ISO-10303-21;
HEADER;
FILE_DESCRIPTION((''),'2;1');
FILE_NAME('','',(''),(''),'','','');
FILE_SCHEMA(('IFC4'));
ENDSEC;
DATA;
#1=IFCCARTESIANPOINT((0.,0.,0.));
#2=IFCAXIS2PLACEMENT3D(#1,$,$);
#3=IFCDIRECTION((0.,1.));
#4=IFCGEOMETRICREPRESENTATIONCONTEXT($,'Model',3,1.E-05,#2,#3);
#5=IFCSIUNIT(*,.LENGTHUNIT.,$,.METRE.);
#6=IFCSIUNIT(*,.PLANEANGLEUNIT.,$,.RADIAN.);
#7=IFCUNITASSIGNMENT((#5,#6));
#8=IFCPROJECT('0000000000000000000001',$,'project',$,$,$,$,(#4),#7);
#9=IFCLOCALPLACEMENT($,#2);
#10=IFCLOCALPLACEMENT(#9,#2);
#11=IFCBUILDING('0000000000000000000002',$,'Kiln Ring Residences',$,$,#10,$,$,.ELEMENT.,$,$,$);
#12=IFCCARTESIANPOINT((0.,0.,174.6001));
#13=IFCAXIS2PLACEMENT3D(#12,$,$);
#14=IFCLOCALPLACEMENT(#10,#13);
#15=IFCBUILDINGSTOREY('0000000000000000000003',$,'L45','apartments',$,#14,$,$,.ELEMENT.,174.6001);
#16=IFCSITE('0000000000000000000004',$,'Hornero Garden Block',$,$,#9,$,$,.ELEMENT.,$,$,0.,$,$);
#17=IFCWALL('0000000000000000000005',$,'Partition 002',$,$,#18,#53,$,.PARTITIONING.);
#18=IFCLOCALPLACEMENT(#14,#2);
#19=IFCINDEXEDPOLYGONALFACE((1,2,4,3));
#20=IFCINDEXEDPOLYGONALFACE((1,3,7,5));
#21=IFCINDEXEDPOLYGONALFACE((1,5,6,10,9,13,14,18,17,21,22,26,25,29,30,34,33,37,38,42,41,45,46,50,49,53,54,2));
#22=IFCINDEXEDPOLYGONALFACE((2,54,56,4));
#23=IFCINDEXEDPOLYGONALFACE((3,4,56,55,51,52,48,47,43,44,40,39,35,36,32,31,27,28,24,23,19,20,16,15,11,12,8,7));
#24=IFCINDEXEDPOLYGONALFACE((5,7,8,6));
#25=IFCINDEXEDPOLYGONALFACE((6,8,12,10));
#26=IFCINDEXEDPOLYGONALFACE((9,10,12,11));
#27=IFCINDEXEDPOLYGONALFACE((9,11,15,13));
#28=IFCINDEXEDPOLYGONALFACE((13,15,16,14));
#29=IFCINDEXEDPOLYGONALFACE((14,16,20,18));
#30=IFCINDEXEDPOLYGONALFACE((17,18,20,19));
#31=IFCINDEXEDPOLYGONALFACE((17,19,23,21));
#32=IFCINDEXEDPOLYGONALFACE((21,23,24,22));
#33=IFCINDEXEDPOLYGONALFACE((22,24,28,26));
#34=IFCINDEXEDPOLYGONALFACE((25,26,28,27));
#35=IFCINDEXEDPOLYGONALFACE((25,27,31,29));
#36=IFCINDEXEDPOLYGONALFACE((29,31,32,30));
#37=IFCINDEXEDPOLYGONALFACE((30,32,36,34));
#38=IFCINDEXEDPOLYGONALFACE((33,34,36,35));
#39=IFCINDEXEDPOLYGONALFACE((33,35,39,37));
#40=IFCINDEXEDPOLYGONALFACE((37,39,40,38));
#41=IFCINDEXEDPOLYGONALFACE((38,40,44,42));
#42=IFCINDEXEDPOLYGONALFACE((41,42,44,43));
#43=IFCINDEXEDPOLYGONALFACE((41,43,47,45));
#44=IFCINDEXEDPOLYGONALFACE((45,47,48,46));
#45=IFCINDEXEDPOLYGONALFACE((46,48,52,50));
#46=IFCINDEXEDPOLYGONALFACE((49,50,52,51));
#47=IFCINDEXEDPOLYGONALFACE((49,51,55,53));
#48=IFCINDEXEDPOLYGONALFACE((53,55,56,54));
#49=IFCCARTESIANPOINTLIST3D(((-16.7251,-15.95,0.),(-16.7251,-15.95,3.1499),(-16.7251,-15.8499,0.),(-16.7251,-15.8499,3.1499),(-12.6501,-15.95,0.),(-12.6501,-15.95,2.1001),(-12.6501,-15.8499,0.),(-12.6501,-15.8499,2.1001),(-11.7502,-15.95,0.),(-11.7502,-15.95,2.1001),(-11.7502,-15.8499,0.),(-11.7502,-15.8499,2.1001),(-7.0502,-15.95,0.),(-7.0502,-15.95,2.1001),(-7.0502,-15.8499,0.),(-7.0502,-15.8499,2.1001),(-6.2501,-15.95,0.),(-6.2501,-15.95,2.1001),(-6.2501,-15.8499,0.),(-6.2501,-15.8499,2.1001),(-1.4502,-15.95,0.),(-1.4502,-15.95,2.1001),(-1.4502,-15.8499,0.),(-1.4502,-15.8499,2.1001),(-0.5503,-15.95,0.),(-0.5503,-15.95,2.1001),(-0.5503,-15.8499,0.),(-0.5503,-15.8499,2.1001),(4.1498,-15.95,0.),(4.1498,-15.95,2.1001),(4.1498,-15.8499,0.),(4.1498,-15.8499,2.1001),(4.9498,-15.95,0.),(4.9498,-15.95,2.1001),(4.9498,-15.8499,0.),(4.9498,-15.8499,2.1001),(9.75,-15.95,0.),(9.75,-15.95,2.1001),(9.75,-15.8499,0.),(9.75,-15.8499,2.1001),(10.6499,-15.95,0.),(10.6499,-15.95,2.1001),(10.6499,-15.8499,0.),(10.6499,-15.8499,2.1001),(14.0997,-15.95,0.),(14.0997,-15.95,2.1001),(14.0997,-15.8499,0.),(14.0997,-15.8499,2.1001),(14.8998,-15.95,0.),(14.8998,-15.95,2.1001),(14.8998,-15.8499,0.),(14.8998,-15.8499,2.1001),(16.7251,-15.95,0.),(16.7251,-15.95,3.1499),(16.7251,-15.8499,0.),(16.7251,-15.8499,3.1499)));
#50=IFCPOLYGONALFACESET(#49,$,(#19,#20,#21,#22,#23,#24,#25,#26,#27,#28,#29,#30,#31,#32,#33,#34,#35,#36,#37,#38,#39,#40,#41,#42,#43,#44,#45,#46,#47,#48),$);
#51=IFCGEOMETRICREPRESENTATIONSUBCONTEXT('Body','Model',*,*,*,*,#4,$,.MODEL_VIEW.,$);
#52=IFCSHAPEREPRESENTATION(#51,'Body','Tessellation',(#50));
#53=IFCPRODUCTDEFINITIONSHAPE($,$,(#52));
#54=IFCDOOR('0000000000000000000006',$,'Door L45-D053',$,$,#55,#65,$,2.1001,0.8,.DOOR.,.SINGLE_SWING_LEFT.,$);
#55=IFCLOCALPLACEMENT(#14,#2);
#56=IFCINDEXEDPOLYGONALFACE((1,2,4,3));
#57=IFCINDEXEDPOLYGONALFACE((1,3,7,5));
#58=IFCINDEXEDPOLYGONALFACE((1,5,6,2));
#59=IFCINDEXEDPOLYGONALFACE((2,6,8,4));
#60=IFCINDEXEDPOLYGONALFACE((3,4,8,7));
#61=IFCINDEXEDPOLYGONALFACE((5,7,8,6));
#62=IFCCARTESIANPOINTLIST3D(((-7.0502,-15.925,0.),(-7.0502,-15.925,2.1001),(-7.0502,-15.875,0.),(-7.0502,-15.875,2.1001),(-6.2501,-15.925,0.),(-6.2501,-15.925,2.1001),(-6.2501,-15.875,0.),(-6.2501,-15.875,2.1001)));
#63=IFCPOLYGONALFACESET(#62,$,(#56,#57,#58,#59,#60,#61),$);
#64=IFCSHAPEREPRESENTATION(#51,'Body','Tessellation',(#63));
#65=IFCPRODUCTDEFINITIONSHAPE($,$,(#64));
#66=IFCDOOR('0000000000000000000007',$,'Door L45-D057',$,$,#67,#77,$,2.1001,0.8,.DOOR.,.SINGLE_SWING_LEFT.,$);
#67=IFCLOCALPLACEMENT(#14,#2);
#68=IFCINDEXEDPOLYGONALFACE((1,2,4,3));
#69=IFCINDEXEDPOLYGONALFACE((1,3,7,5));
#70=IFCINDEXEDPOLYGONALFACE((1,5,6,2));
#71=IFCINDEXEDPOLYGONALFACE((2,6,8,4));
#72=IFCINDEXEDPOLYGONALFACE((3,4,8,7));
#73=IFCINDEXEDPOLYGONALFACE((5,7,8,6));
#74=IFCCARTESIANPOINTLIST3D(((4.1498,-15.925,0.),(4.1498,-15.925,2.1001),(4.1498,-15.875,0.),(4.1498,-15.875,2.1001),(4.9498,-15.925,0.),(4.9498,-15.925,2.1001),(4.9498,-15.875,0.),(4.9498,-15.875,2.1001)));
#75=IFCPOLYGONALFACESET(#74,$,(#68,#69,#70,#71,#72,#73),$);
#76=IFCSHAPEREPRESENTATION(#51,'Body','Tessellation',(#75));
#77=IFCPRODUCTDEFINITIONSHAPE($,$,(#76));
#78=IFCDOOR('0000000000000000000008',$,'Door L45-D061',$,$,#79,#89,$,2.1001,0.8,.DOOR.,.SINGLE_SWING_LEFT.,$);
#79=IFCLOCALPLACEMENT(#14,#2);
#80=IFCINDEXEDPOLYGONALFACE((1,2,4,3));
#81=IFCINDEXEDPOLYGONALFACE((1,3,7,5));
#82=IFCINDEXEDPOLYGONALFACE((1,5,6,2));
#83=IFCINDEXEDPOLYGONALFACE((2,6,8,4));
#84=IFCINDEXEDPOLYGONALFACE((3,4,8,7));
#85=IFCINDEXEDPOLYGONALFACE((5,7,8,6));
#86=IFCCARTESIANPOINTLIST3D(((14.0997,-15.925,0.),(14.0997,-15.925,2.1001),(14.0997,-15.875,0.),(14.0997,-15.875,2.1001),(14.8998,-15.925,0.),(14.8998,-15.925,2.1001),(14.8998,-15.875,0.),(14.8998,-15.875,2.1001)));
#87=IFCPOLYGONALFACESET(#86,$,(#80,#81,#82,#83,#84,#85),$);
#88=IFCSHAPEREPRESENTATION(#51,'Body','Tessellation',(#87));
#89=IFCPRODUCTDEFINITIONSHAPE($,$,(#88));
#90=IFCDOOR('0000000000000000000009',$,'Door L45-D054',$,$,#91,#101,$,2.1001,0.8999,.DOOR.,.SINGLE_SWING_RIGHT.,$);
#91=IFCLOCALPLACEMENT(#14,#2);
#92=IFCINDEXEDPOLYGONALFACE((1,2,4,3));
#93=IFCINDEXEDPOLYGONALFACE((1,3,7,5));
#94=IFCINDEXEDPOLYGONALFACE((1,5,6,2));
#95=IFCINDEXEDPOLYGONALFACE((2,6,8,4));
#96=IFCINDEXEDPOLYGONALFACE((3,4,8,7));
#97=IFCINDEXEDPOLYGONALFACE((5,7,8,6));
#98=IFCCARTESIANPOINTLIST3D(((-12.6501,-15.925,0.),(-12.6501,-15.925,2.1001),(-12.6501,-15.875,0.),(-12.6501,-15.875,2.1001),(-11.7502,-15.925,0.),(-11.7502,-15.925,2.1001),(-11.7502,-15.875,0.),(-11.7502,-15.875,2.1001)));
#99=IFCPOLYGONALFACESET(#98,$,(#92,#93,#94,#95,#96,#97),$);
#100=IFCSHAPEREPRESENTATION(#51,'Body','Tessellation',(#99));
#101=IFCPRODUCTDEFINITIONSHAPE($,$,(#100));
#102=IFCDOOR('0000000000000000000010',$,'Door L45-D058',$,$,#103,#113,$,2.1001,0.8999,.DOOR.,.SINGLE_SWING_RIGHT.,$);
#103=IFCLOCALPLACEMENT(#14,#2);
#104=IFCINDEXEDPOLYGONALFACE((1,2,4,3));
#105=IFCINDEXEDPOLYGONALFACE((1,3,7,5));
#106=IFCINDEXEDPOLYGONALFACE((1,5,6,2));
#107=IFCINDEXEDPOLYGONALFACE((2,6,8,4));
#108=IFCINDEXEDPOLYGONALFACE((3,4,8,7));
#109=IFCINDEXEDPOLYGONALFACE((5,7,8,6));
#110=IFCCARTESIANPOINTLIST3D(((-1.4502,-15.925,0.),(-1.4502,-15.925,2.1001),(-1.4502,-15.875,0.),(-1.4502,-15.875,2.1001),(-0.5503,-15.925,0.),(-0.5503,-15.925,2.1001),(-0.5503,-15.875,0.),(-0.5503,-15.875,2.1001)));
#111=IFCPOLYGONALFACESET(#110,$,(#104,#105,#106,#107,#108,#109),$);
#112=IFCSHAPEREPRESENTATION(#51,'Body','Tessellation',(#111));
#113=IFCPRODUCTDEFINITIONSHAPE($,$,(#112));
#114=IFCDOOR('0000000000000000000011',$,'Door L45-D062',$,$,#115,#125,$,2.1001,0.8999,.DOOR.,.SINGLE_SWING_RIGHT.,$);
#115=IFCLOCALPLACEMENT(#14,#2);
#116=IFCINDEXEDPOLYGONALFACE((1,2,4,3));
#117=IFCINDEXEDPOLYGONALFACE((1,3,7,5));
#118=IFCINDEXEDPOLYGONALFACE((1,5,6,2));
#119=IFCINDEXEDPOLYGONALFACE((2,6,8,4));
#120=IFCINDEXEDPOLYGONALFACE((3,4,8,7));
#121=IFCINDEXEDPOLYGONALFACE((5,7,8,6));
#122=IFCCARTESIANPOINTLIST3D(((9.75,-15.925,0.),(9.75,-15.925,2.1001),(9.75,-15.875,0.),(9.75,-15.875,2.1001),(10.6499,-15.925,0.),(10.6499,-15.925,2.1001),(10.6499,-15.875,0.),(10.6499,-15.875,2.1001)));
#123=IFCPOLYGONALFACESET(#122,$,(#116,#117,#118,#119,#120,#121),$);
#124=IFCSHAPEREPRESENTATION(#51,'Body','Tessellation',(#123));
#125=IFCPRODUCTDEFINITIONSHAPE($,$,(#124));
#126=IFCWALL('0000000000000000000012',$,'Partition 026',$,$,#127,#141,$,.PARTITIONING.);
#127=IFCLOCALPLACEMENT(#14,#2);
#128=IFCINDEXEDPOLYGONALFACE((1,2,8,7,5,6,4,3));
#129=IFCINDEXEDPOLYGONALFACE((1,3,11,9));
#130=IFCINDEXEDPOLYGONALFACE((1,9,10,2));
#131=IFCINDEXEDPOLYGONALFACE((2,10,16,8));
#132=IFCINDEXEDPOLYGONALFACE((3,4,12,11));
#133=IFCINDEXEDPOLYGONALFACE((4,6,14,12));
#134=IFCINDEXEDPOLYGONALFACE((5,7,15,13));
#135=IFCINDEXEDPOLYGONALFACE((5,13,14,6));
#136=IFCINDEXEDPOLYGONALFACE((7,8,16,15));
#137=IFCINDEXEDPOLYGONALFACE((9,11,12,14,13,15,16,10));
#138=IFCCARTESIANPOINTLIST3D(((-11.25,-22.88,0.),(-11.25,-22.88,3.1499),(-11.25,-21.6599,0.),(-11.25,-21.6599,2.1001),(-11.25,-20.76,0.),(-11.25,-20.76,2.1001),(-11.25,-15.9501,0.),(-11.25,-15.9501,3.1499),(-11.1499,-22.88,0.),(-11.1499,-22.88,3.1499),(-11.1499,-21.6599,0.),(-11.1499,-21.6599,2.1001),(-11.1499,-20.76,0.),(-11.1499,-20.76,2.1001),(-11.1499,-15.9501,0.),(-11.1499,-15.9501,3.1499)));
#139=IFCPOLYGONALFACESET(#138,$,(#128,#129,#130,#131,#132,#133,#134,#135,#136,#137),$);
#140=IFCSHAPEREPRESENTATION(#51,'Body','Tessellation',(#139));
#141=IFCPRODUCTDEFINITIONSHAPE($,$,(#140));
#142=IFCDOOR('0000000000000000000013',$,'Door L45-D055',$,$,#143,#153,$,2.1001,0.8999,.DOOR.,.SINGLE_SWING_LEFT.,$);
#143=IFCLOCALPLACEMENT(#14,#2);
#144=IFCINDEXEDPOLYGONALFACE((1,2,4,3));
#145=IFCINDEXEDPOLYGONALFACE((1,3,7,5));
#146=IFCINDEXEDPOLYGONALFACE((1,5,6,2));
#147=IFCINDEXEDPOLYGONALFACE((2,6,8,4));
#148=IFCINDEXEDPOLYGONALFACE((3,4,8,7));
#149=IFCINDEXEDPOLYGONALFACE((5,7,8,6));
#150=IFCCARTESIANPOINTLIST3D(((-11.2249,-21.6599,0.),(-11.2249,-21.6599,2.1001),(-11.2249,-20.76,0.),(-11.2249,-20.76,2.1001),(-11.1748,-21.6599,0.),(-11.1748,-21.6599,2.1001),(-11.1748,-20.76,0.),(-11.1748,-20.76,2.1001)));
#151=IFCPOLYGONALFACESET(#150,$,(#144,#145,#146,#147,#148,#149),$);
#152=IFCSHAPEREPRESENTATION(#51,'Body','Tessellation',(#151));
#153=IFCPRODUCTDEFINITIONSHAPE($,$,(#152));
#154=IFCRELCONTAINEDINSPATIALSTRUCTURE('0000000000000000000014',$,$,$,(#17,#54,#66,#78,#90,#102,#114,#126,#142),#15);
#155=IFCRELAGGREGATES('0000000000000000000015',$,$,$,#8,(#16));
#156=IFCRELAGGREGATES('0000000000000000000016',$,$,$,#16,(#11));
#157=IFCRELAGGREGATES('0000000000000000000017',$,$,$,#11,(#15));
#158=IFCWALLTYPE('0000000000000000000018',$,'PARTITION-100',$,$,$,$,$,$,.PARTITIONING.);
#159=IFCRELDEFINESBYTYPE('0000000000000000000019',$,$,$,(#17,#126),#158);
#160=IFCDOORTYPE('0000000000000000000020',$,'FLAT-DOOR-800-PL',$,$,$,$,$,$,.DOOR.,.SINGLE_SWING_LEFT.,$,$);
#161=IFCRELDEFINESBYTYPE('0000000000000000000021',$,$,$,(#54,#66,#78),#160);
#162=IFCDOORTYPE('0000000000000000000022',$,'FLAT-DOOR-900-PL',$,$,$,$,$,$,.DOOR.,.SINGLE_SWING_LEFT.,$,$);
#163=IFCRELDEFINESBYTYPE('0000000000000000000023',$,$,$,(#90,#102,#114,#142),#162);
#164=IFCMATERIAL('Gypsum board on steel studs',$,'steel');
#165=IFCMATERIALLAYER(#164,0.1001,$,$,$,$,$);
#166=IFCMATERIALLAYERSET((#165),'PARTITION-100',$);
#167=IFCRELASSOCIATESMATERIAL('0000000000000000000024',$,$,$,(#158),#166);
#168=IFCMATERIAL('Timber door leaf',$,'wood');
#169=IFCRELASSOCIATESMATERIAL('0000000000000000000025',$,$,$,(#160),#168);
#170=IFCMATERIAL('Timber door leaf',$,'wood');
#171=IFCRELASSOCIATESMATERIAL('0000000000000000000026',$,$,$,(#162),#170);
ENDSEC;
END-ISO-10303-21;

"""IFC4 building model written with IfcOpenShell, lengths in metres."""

from ifc_helpers import new_model, si_unit, direction, frame, frame_2d, origin, place, context, subcontext, project, spatial, rectangle, extrude, material, layer, layer_set, type_object, element, fill, save


model = new_model("IFC4")

# Units and contexts
model_context = context("Model", 3, precision=1e-05, world=origin(), true_north=direction((0.0, 1.0)))
body_context = subcontext(model_context, "Body", "Model", "MODEL_VIEW")
ifc_project = project(units=[si_unit("LENGTHUNIT", "METRE"), si_unit("PLANEANGLEUNIT", "RADIAN")], contexts=[model_context])

# Site, building, storey
site_placement = place(None, origin())
site = spatial("IfcSite", under=ifc_project, at=site_placement, Name="Hornero Garden Block", CompositionType="ELEMENT", RefElevation=0.0)
building_placement = place(site_placement, origin())
building = spatial("IfcBuilding", under=site, at=building_placement, Name="Kiln Ring Residences", CompositionType="ELEMENT")
storey_placement = place(building_placement, frame((0.0, 0.0, 174.6001)))
storey = spatial("IfcBuildingStorey", under=building, at=storey_placement, Name="L45", Description="apartments", CompositionType="ELEMENT", Elevation=174.6001)

# Wall, openings, doors
ifc_material_1 = material(Name="Gypsum board on steel studs", Category="steel")
ifc_layer_1 = layer(ifc_material_1, 0.1001)
ifc_layer_set_1 = layer_set([ifc_layer_1], Name="PARTITION-100")
wall_type_1 = type_object("IfcWallType", Name="PARTITION-100", PredefinedType="PARTITIONING", material=ifc_layer_set_1)
wall_1_placement = place(storey_placement, frame((-16.7251, -15.8999, 0.0), z_axis=(0.0, 0.0, 1.0), x_axis=(1.0, 0.0, 0.0)))
wall_1 = element("IfcWall", 1, at=wall_1_placement, inside=storey, type_object=wall_type_1, Name="Partition 002", PredefinedType="PARTITIONING", context=body_context, shape_type="SweptSolid", body=[
    extrude(rectangle(XDim=33.4502, YDim=0.1001, at=frame_2d((16.7251, 0.0))), origin(), (0.0, 0.0, 1.0), 3.1499),
])
opening_1_placement = place(wall_1_placement, frame((9.675, 0.0, 0.0)))
opening_1 = element("IfcOpeningElement", 2, at=opening_1_placement, cuts=wall_1, PredefinedType="OPENING", context=body_context, shape_type="SweptSolid", body=[
    extrude(rectangle(XDim=0.8, YDim=2.1001, at=frame_2d((0.3999, 1.05))), frame((0.0, 0.0601, 0.0), z_axis=(0.0, -1.0, 0.0), x_axis=(1.0, 0.0, 0.0)), (0.0, 0.0, 1.0), 0.1201),
])
opening_2_placement = place(wall_1_placement, frame((4.075, 0.0, 0.0)))
opening_2 = element("IfcOpeningElement", 3, at=opening_2_placement, cuts=wall_1, PredefinedType="OPENING", context=body_context, shape_type="SweptSolid", body=[
    extrude(rectangle(XDim=0.8999, YDim=2.1001, at=frame_2d((0.45, 1.05))), frame((0.0, 0.0601, 0.0), z_axis=(0.0, -1.0, 0.0), x_axis=(1.0, 0.0, 0.0)), (0.0, 0.0, 1.0), 0.1201),
])
opening_3_placement = place(wall_1_placement, frame((20.875, 0.0, 0.0)))
opening_3 = element("IfcOpeningElement", 4, at=opening_3_placement, cuts=wall_1, PredefinedType="OPENING", context=body_context, shape_type="SweptSolid", body=[
    extrude(rectangle(XDim=0.8, YDim=2.1001, at=frame_2d((0.3999, 1.05))), frame((0.0, 0.0601, 0.0), z_axis=(0.0, -1.0, 0.0), x_axis=(1.0, 0.0, 0.0)), (0.0, 0.0, 1.0), 0.1201),
])
opening_4_placement = place(wall_1_placement, frame((15.2749, 0.0, 0.0)))
opening_4 = element("IfcOpeningElement", 5, at=opening_4_placement, cuts=wall_1, PredefinedType="OPENING", context=body_context, shape_type="SweptSolid", body=[
    extrude(rectangle(XDim=0.8999, YDim=2.1001, at=frame_2d((0.45, 1.05))), frame((0.0, 0.0601, 0.0), z_axis=(0.0, -1.0, 0.0), x_axis=(1.0, 0.0, 0.0)), (0.0, 0.0, 1.0), 0.1201),
])
opening_5_placement = place(wall_1_placement, frame((30.825, 0.0, 0.0)))
opening_5 = element("IfcOpeningElement", 6, at=opening_5_placement, cuts=wall_1, PredefinedType="OPENING", context=body_context, shape_type="SweptSolid", body=[
    extrude(rectangle(XDim=0.8, YDim=2.1001, at=frame_2d((0.3999, 1.05))), frame((0.0, 0.0601, 0.0), z_axis=(0.0, -1.0, 0.0), x_axis=(1.0, 0.0, 0.0)), (0.0, 0.0, 1.0), 0.1201),
])
opening_6_placement = place(wall_1_placement, frame((26.4751, 0.0, 0.0)))
opening_6 = element("IfcOpeningElement", 7, at=opening_6_placement, cuts=wall_1, PredefinedType="OPENING", context=body_context, shape_type="SweptSolid", body=[
    extrude(rectangle(XDim=0.8999, YDim=2.1001, at=frame_2d((0.45, 1.05))), frame((0.0, 0.0601, 0.0), z_axis=(0.0, -1.0, 0.0), x_axis=(1.0, 0.0, 0.0)), (0.0, 0.0, 1.0), 0.1201),
])
ifc_material_2 = material(Name="Timber door leaf", Category="wood")
door_type_1 = type_object("IfcDoorType", Name="FLAT-DOOR-800-PL", OperationType="SINGLE_SWING_LEFT", PredefinedType="DOOR", material=ifc_material_2)
door_1_placement = place(opening_1_placement, origin())
door_1 = element("IfcDoor", 8, at=door_1_placement, inside=storey, type_object=door_type_1, Name="Door L45-D053", OperationType="SINGLE_SWING_LEFT", OverallHeight=2.1001, OverallWidth=0.8, PredefinedType="DOOR", context=body_context, shape_type="SweptSolid", body=[
    extrude(rectangle(XDim=0.8, YDim=2.1001, at=frame_2d((0.3999, 1.05))), frame((0.0, 0.0249, 0.0), z_axis=(0.0, -1.0, 0.0), x_axis=(1.0, 0.0, 0.0)), (0.0, 0.0, 1.0), 0.05),
])
fill(opening_1, door_1)
door_2_placement = place(opening_3_placement, origin())
door_2 = element("IfcDoor", 9, at=door_2_placement, inside=storey, type_object=door_type_1, Name="Door L45-D057", OperationType="SINGLE_SWING_LEFT", OverallHeight=2.1001, OverallWidth=0.8, PredefinedType="DOOR", context=body_context, shape_type="SweptSolid", body=[
    extrude(rectangle(XDim=0.8, YDim=2.1001, at=frame_2d((0.3999, 1.05))), frame((0.0, 0.0249, 0.0), z_axis=(0.0, -1.0, 0.0), x_axis=(1.0, 0.0, 0.0)), (0.0, 0.0, 1.0), 0.05),
])
fill(opening_3, door_2)
door_3_placement = place(opening_5_placement, origin())
door_3 = element("IfcDoor", 10, at=door_3_placement, inside=storey, type_object=door_type_1, Name="Door L45-D061", OperationType="SINGLE_SWING_LEFT", OverallHeight=2.1001, OverallWidth=0.8, PredefinedType="DOOR", context=body_context, shape_type="SweptSolid", body=[
    extrude(rectangle(XDim=0.8, YDim=2.1001, at=frame_2d((0.3999, 1.05))), frame((0.0, 0.0249, 0.0), z_axis=(0.0, -1.0, 0.0), x_axis=(1.0, 0.0, 0.0)), (0.0, 0.0, 1.0), 0.05),
])
fill(opening_5, door_3)
ifc_material_3 = material(Name="Timber door leaf", Category="wood")
door_type_2 = type_object("IfcDoorType", Name="FLAT-DOOR-900-PL", OperationType="SINGLE_SWING_LEFT", PredefinedType="DOOR", material=ifc_material_3)
door_4_placement = place(opening_2_placement, origin())
door_4 = element("IfcDoor", 11, at=door_4_placement, inside=storey, type_object=door_type_2, Name="Door L45-D054", OperationType="SINGLE_SWING_RIGHT", OverallHeight=2.1001, OverallWidth=0.8999, PredefinedType="DOOR", context=body_context, shape_type="SweptSolid", body=[
    extrude(rectangle(XDim=0.8999, YDim=2.1001, at=frame_2d((0.45, 1.05))), frame((0.0, 0.0249, 0.0), z_axis=(0.0, -1.0, 0.0), x_axis=(1.0, 0.0, 0.0)), (0.0, 0.0, 1.0), 0.05),
])
fill(opening_2, door_4)
door_5_placement = place(opening_4_placement, origin())
door_5 = element("IfcDoor", 12, at=door_5_placement, inside=storey, type_object=door_type_2, Name="Door L45-D058", OperationType="SINGLE_SWING_RIGHT", OverallHeight=2.1001, OverallWidth=0.8999, PredefinedType="DOOR", context=body_context, shape_type="SweptSolid", body=[
    extrude(rectangle(XDim=0.8999, YDim=2.1001, at=frame_2d((0.45, 1.05))), frame((0.0, 0.0249, 0.0), z_axis=(0.0, -1.0, 0.0), x_axis=(1.0, 0.0, 0.0)), (0.0, 0.0, 1.0), 0.05),
])
fill(opening_4, door_5)
door_6_placement = place(opening_6_placement, origin())
door_6 = element("IfcDoor", 13, at=door_6_placement, inside=storey, type_object=door_type_2, Name="Door L45-D062", OperationType="SINGLE_SWING_RIGHT", OverallHeight=2.1001, OverallWidth=0.8999, PredefinedType="DOOR", context=body_context, shape_type="SweptSolid", body=[
    extrude(rectangle(XDim=0.8999, YDim=2.1001, at=frame_2d((0.45, 1.05))), frame((0.0, 0.0249, 0.0), z_axis=(0.0, -1.0, 0.0), x_axis=(1.0, 0.0, 0.0)), (0.0, 0.0, 1.0), 0.05),
])
fill(opening_6, door_6)

# Wall, opening, door
wall_2_placement = place(storey_placement, frame((-11.2, -22.8799, 0.0), z_axis=(0.0, 0.0, 1.0), x_axis=(0.0, 1.0, 0.0)))
wall_2 = element("IfcWall", 14, at=wall_2_placement, inside=storey, type_object=wall_type_1, Name="Partition 026", PredefinedType="PARTITIONING", context=body_context, shape_type="SweptSolid", body=[
    extrude(rectangle(XDim=6.9299, YDim=0.1001, at=frame_2d((3.4648, 0.0))), origin(), (0.0, 0.0, 1.0), 3.1499),
])
opening_7_placement = place(wall_2_placement, frame((1.22, 0.0, 0.0)))
opening_7 = element("IfcOpeningElement", 15, at=opening_7_placement, cuts=wall_2, PredefinedType="OPENING", context=body_context, shape_type="SweptSolid", body=[
    extrude(rectangle(XDim=0.8999, YDim=2.1001, at=frame_2d((0.45, 1.05))), frame((0.0, 0.0601, 0.0), z_axis=(0.0, -1.0, 0.0), x_axis=(1.0, 0.0, 0.0)), (0.0, 0.0, 1.0), 0.1201),
])
door_7_placement = place(opening_7_placement, origin())
door_7 = element("IfcDoor", 16, at=door_7_placement, inside=storey, type_object=door_type_2, Name="Door L45-D055", OperationType="SINGLE_SWING_LEFT", OverallHeight=2.1001, OverallWidth=0.8999, PredefinedType="DOOR", context=body_context, shape_type="SweptSolid", body=[
    extrude(rectangle(XDim=0.8999, YDim=2.1001, at=frame_2d((0.45, 1.05))), frame((0.0, 0.0249, 0.0), z_axis=(0.0, -1.0, 0.0), x_axis=(1.0, 0.0, 0.0)), (0.0, 0.0, 1.0), 0.05),
])
fill(opening_7, door_7)

save(model, "model.ifc")
